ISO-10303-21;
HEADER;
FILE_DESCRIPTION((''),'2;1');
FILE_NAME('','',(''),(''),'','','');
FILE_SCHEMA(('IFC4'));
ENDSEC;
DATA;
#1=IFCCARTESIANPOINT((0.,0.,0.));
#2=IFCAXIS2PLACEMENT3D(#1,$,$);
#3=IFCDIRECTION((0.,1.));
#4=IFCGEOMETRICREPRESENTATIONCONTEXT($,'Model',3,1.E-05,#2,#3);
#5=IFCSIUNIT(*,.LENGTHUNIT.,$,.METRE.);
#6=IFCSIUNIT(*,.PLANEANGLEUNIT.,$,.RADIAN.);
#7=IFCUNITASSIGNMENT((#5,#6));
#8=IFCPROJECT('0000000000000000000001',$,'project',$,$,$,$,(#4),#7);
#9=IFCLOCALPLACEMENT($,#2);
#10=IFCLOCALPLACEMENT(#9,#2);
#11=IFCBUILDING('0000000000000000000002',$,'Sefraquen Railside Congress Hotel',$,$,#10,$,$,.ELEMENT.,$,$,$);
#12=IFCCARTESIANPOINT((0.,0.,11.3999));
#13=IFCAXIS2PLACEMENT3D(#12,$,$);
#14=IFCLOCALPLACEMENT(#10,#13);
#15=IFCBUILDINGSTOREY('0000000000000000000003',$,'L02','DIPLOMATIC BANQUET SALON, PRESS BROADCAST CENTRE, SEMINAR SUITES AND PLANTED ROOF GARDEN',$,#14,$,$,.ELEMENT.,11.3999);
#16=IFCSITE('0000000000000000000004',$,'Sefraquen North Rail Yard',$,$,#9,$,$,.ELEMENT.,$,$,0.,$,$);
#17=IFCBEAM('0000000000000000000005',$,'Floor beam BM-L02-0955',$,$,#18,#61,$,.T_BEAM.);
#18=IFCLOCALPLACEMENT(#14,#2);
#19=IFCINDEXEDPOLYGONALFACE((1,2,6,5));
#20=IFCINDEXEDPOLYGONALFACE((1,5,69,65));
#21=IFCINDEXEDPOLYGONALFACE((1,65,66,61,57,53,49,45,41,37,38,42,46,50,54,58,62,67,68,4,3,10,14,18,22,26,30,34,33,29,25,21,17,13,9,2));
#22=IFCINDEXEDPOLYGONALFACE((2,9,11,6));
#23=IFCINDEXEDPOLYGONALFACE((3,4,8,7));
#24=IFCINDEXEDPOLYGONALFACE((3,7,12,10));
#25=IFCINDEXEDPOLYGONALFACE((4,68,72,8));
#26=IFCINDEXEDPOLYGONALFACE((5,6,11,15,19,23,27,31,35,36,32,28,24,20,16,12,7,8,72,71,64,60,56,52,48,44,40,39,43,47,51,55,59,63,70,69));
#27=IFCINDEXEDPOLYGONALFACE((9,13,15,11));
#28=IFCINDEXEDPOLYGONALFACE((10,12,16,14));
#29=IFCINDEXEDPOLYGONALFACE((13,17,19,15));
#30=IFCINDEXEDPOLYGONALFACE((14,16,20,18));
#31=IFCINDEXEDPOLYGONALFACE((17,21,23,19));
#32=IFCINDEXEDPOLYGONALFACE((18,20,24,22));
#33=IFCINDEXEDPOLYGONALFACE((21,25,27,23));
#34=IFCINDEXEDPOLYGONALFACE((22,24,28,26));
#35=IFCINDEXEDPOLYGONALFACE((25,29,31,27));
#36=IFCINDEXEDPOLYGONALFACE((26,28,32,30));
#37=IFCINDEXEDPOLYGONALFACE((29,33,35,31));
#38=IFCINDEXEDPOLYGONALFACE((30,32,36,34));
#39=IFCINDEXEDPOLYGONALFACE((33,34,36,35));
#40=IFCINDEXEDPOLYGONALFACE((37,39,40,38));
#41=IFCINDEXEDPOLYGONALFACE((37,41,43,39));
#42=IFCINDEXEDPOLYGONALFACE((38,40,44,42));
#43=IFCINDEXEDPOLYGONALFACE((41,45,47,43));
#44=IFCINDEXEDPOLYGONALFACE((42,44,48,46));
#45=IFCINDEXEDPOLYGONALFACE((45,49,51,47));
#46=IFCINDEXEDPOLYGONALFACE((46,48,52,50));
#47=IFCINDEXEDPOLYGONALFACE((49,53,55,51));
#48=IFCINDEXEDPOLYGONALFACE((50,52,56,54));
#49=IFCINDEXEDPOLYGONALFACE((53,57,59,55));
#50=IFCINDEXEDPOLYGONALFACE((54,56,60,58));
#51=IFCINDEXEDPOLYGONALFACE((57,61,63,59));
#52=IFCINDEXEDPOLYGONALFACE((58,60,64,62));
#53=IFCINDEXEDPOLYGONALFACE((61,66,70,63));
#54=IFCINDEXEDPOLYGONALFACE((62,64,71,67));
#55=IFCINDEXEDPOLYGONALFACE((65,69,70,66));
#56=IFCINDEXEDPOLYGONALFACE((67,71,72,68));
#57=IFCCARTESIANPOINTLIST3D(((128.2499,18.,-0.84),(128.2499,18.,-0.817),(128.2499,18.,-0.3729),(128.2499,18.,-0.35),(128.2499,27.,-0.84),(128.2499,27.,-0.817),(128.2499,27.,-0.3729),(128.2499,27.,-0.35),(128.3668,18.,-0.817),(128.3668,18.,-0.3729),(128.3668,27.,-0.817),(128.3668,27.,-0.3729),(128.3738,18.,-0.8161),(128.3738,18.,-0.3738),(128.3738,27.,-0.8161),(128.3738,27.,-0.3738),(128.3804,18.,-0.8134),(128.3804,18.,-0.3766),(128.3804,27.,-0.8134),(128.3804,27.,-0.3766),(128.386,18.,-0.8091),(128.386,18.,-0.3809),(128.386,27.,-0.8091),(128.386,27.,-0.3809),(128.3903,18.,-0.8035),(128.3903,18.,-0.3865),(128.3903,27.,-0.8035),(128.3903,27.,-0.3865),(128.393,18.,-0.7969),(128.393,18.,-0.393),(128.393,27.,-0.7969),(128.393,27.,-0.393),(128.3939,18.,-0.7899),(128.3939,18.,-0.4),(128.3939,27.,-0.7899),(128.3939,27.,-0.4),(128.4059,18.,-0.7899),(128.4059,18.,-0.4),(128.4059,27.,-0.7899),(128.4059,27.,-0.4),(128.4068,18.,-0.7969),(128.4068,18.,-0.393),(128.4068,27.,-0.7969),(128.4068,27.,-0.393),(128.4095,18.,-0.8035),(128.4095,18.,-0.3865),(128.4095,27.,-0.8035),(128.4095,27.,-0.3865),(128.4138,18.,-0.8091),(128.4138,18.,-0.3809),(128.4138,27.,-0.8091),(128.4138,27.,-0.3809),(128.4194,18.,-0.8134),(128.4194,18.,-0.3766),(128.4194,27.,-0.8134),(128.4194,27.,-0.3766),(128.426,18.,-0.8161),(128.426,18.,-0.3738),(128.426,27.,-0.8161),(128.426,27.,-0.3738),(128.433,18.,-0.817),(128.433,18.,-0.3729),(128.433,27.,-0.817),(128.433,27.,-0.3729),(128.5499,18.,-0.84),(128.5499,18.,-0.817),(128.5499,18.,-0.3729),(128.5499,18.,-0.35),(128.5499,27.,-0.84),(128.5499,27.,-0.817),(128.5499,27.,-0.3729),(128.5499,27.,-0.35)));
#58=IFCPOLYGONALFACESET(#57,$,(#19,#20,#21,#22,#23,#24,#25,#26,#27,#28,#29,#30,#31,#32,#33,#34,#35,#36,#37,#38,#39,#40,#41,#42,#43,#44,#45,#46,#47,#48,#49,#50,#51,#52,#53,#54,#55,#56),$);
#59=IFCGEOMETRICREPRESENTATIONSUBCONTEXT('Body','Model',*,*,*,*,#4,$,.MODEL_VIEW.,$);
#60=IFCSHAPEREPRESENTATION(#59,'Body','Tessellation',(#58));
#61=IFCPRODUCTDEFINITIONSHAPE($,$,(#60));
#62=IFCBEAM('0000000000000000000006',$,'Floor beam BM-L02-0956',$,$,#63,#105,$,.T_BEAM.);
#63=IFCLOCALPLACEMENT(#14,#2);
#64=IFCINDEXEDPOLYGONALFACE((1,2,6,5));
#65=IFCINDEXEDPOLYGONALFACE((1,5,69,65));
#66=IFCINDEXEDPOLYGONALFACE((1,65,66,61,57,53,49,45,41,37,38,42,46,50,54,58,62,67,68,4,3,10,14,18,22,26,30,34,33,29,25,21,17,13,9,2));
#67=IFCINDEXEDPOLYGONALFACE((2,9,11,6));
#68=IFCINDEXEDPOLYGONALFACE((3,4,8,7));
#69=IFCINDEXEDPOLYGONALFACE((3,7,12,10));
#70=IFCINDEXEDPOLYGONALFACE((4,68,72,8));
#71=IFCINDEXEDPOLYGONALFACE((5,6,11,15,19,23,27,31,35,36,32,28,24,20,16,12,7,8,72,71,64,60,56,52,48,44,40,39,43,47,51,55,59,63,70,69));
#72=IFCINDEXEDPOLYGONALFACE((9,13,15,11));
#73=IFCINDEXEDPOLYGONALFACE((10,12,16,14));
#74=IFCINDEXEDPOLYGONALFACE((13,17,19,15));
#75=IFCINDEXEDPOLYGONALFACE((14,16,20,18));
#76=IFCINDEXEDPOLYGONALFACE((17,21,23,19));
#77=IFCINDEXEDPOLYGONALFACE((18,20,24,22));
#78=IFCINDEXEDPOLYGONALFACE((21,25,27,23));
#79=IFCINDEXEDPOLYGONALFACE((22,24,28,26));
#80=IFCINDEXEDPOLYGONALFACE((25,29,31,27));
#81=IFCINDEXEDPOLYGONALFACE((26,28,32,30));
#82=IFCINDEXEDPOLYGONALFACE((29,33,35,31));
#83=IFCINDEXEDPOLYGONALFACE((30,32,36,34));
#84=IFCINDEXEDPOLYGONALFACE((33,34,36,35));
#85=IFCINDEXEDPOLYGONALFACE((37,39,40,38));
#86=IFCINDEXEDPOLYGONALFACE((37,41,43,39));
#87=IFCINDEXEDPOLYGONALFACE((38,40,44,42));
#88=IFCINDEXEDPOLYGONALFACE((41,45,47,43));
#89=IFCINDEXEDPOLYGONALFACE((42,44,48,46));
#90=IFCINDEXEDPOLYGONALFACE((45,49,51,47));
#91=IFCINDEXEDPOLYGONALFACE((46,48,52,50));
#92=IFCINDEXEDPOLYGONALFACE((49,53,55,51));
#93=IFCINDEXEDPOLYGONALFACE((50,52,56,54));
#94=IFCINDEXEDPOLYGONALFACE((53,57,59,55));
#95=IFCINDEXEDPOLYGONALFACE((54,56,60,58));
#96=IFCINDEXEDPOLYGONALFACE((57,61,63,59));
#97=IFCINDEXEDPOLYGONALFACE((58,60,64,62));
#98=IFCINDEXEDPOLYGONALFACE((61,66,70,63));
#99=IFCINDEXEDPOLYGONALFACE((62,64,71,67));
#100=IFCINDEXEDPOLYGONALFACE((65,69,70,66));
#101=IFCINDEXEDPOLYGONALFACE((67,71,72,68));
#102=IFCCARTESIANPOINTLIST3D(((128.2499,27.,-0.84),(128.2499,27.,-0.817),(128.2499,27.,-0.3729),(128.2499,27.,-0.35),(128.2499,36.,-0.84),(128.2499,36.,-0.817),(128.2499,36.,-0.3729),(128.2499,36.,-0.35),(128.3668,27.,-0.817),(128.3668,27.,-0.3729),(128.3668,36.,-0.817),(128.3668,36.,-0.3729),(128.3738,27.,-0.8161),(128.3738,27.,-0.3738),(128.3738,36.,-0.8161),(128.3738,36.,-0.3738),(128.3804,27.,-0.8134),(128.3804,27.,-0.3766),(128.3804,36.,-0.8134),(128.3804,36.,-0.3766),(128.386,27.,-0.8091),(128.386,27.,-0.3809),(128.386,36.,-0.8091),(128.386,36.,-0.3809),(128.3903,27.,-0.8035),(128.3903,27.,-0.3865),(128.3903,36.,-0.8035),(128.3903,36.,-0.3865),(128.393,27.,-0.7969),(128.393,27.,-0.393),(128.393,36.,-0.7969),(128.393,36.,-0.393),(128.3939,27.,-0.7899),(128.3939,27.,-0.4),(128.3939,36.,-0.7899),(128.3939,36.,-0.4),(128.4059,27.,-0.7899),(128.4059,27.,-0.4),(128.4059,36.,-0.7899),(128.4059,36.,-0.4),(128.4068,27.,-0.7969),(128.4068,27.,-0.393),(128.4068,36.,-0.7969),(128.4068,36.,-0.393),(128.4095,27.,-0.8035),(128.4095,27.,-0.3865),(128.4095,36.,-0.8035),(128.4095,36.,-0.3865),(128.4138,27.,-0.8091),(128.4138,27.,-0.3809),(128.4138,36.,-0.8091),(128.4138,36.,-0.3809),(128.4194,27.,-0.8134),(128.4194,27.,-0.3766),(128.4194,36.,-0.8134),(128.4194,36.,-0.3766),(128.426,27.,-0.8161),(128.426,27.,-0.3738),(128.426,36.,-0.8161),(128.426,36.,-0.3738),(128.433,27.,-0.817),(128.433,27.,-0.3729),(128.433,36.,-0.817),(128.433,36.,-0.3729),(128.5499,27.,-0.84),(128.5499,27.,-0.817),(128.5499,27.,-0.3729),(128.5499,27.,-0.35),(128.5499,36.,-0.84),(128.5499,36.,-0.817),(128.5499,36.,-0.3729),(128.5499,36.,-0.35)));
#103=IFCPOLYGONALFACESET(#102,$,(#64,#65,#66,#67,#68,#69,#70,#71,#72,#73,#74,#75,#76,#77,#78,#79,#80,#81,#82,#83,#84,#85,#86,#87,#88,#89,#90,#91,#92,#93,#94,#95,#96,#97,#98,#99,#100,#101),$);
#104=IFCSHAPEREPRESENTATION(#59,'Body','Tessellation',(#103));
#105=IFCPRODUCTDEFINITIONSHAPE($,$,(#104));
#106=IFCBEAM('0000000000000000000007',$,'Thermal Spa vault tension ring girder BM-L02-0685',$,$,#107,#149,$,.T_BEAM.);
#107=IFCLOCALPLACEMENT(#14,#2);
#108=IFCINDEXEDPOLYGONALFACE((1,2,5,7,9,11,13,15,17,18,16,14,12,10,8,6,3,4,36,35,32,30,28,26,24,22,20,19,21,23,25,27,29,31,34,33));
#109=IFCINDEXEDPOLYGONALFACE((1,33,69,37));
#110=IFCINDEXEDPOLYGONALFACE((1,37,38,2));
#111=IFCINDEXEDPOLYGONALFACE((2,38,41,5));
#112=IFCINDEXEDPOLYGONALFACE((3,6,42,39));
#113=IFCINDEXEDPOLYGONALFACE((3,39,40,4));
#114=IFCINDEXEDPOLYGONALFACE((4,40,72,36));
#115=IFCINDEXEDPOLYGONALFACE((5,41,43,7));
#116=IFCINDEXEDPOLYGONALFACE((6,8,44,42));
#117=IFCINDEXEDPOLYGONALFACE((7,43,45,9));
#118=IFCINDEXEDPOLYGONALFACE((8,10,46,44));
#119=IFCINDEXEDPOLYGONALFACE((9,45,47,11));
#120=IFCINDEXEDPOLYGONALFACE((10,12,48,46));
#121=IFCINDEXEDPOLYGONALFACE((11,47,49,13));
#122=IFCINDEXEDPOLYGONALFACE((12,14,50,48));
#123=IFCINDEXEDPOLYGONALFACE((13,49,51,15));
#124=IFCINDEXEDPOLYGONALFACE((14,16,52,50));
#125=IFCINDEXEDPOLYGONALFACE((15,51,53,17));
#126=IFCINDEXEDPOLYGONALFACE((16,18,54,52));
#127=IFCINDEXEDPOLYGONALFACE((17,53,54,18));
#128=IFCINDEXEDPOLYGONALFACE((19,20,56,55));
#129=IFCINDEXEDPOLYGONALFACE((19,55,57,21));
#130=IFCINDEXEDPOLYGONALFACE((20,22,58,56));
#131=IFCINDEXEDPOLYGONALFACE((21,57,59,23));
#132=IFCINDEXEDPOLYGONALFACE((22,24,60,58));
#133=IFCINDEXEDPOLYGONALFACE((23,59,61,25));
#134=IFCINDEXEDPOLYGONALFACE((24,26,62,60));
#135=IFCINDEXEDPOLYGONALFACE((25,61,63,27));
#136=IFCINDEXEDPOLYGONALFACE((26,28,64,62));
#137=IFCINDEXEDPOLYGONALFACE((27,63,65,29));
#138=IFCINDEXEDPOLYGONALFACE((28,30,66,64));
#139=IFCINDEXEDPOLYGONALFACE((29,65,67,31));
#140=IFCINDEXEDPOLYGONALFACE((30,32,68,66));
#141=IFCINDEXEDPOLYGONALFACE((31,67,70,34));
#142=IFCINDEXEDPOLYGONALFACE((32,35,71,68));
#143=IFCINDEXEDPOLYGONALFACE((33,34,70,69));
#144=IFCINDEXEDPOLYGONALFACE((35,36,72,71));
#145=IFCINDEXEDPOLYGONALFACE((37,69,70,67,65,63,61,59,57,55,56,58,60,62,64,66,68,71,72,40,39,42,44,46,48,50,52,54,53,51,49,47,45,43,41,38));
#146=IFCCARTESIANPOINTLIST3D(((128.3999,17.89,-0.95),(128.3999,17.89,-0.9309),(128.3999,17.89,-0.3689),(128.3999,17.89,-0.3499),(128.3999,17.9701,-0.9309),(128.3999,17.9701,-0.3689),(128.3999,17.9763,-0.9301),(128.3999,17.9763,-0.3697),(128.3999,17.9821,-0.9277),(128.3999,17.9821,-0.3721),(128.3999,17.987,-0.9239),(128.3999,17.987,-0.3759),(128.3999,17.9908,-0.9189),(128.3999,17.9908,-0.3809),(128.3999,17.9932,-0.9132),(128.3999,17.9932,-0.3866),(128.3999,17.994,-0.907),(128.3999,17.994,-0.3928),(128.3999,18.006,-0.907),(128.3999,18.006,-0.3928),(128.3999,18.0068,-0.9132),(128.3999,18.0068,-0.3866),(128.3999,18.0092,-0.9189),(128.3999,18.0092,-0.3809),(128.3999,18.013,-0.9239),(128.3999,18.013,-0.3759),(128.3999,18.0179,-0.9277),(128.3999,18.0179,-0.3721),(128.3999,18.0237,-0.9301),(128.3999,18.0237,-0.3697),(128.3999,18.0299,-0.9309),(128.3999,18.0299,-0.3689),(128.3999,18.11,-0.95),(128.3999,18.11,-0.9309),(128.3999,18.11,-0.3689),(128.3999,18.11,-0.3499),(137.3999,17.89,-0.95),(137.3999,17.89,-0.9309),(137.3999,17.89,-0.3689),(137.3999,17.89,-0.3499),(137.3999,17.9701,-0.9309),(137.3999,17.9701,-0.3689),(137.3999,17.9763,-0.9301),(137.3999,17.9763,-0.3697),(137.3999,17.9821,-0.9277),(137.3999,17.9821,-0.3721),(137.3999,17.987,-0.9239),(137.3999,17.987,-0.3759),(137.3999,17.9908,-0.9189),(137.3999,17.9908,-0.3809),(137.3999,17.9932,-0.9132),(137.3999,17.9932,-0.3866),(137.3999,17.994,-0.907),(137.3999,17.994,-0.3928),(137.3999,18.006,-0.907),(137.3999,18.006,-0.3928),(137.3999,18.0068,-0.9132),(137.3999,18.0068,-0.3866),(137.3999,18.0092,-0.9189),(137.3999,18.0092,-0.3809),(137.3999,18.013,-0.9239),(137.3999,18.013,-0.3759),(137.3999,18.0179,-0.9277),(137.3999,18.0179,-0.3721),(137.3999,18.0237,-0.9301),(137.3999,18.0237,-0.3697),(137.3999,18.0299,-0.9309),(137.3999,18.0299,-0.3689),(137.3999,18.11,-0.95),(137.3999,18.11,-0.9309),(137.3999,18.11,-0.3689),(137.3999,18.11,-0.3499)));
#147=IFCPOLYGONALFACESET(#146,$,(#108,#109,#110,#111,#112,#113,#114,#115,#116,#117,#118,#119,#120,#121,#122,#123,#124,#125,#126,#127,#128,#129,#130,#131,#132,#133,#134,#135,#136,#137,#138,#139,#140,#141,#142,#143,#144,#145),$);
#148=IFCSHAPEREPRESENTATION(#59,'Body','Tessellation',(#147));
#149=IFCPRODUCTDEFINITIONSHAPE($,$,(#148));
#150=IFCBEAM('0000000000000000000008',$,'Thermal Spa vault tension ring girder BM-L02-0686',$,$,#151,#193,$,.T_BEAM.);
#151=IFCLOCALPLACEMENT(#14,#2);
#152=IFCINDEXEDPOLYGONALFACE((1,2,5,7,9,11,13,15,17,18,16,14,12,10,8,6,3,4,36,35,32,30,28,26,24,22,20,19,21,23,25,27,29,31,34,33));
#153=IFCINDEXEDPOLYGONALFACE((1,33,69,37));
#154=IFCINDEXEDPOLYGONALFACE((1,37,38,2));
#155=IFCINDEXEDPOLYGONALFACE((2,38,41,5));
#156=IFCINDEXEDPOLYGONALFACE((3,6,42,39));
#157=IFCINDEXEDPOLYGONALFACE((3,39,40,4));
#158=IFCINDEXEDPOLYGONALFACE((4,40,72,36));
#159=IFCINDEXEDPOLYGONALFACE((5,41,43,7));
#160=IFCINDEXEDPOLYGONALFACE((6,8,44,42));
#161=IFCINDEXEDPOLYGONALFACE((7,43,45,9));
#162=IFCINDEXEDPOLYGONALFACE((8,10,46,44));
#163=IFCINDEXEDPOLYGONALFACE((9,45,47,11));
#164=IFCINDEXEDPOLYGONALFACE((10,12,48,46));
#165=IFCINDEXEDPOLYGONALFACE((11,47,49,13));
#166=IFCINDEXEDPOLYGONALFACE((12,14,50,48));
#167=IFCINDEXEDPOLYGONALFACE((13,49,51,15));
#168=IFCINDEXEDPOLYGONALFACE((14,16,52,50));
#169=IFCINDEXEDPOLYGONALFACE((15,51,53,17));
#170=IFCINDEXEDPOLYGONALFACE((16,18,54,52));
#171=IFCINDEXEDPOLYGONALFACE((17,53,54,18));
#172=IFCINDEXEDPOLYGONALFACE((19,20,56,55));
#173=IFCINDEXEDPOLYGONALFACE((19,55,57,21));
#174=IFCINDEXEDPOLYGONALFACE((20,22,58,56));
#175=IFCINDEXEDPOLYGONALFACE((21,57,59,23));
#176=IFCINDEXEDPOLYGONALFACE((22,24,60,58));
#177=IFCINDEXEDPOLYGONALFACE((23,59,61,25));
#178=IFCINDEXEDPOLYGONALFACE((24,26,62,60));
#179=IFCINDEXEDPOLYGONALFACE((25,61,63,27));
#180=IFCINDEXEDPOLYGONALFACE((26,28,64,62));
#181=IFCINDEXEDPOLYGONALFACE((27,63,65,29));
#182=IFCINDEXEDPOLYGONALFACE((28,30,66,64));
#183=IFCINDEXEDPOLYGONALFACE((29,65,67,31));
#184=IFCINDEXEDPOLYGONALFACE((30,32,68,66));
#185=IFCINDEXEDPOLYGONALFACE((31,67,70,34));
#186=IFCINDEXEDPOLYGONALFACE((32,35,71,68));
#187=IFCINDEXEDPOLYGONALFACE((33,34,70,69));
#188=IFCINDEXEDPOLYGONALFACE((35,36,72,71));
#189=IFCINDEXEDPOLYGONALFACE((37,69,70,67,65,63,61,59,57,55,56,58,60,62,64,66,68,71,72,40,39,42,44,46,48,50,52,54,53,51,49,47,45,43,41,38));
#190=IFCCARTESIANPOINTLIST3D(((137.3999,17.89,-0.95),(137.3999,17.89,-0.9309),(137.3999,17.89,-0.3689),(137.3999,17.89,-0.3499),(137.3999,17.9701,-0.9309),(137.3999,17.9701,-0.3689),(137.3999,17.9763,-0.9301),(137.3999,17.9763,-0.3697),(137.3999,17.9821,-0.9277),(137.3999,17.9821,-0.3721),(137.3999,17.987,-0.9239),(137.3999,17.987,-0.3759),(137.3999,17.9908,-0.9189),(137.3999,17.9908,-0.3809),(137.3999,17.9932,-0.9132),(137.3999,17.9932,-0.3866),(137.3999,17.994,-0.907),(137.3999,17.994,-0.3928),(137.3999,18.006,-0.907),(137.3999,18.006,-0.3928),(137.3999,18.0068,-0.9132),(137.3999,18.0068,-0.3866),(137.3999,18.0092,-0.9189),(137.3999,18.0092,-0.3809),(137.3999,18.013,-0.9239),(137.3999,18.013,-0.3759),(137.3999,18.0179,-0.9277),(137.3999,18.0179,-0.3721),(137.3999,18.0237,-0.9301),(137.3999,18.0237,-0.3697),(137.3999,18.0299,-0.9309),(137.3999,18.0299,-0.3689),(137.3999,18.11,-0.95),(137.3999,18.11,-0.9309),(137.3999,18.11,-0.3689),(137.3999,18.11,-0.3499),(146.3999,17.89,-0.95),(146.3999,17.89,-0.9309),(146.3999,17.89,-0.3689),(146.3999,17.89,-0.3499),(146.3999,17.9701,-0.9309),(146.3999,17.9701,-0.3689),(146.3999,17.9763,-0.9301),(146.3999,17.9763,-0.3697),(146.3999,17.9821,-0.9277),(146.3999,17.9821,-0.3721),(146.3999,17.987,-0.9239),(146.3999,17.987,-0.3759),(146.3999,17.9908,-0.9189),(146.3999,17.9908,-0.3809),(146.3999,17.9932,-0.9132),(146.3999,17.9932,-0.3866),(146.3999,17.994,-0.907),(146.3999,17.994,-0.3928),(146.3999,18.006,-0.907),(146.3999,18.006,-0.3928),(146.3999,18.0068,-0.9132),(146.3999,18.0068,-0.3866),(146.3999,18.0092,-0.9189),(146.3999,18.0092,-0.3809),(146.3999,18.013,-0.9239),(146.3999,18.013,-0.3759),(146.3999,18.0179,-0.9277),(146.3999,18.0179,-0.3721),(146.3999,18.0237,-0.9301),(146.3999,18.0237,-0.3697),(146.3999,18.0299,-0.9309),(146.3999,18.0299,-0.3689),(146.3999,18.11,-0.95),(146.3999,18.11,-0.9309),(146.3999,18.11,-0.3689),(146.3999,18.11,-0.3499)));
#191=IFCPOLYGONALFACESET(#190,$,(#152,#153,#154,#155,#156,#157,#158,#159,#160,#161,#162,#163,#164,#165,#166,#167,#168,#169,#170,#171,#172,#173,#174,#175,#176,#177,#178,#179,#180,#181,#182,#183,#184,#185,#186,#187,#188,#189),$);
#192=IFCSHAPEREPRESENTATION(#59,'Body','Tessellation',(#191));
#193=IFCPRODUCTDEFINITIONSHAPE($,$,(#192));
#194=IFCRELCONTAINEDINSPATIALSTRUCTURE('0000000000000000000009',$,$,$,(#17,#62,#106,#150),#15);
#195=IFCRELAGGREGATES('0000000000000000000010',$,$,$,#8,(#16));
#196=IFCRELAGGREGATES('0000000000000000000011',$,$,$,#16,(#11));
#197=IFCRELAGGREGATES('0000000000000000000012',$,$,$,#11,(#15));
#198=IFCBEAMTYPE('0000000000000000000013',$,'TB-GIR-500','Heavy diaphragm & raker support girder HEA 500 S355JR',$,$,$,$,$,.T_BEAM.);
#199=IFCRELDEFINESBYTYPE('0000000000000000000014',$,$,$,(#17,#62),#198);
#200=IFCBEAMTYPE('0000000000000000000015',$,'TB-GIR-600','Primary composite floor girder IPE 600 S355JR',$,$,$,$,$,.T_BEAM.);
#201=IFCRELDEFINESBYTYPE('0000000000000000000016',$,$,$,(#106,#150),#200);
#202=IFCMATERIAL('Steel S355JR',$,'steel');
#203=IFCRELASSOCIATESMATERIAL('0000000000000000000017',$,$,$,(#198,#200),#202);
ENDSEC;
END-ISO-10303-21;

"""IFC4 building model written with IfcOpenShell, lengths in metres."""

from ifc_helpers import new_model, si_unit, direction, frame, origin, origin_2d, place, context, subcontext, project, spatial, i_section, extrude, material, material_profile, profile_set, type_object, element, save


model = new_model("IFC4")

# Units and contexts
model_context = context("Model", 3, precision=1e-05, world=origin(), true_north=direction((0.0, 1.0)))
body_context = subcontext(model_context, "Body", "Model", "MODEL_VIEW")
ifc_project = project(units=[si_unit("LENGTHUNIT", "METRE"), si_unit("PLANEANGLEUNIT", "RADIAN")], contexts=[model_context])

# Site, building, storey
site_placement = place(None, origin())
site = spatial("IfcSite", under=ifc_project, at=site_placement, Name="Sefraquen North Rail Yard", CompositionType="ELEMENT", RefElevation=0.0)
building_placement = place(site_placement, origin())
building = spatial("IfcBuilding", under=site, at=building_placement, Name="Sefraquen Railside Congress Hotel", CompositionType="ELEMENT")
storey_placement = place(building_placement, frame((0.0, 0.0, 11.3999)))
storey = spatial("IfcBuildingStorey", under=building, at=storey_placement, Name="L02", Description="DIPLOMATIC BANQUET SALON, PRESS BROADCAST CENTRE, SEMINAR SUITES AND PLANTED ROOF GARDEN", CompositionType="ELEMENT", Elevation=11.3999)

# Beams
ifc_material_1 = material(Name="Steel S355JR", Category="steel")
ifc_material_profile_1 = material_profile(ifc_material_1, i_section(OverallWidth=0.3, OverallDepth=0.49, WebThickness=0.012, FlangeThickness=0.0229, FilletRadius=0.0271, at=origin_2d()), Name="HEA 500")
ifc_profile_set_1 = profile_set([ifc_material_profile_1], Name="Steel S355JR")
beam_type_1 = type_object("IfcBeamType", Name="TB-GIR-500", Description="Heavy diaphragm & raker support girder HEA 500 S355JR", PredefinedType="T_BEAM", material=ifc_profile_set_1)
for number, where, z_axis, x_axis, name in (
    (1, (128.3999, 18.0, -0.595), (0.0, 1.0, 0.0), (-1.0, 0.0, 0.0), "Floor beam BM-L02-0955"),
    (2, (128.3999, 27.0, -0.595), (0.0, 1.0, 0.0), (-1.0, 0.0, 0.0), "Floor beam BM-L02-0956"),
):
    element("IfcBeam", number, at=place(storey_placement, frame(where, z_axis=z_axis, x_axis=x_axis)), inside=storey, type_object=beam_type_1, Name=name, PredefinedType="T_BEAM", context=body_context, shape_type="SweptSolid", body=[
        extrude(i_section(OverallWidth=0.3, OverallDepth=0.49, WebThickness=0.012, FlangeThickness=0.0229, FilletRadius=0.0271, at=origin_2d()), origin(), (0.0, 0.0, 1.0), 9.0),
    ])
ifc_material_profile_2 = material_profile(ifc_material_1, i_section(OverallWidth=0.22, OverallDepth=0.6001, WebThickness=0.012, FlangeThickness=0.019, FilletRadius=0.0239, at=origin_2d()), Name="IPE 600")
ifc_profile_set_2 = profile_set([ifc_material_profile_2], Name="Steel S355JR")
beam_type_2 = type_object("IfcBeamType", Name="TB-GIR-600", Description="Primary composite floor girder IPE 600 S355JR", PredefinedType="T_BEAM", material=ifc_profile_set_2)
for number, where, z_axis, x_axis, name in (
    (3, (128.3999, 18.0, -0.6499), (1.0, 0.0, 0.0), (0.0, 1.0, 0.0), "Thermal Spa vault tension ring girder BM-L02-0685"),
    (4, (137.3999, 18.0, -0.6499), (1.0, 0.0, 0.0), (0.0, 1.0, 0.0), "Thermal Spa vault tension ring girder BM-L02-0686"),
):
    element("IfcBeam", number, at=place(storey_placement, frame(where, z_axis=z_axis, x_axis=x_axis)), inside=storey, type_object=beam_type_2, Name=name, PredefinedType="T_BEAM", context=body_context, shape_type="SweptSolid", body=[
        extrude(i_section(OverallWidth=0.22, OverallDepth=0.6001, WebThickness=0.012, FlangeThickness=0.019, FilletRadius=0.0239, at=origin_2d()), origin(), (0.0, 0.0, 1.0), 9.0),
    ])

save(model, "model.ifc")
